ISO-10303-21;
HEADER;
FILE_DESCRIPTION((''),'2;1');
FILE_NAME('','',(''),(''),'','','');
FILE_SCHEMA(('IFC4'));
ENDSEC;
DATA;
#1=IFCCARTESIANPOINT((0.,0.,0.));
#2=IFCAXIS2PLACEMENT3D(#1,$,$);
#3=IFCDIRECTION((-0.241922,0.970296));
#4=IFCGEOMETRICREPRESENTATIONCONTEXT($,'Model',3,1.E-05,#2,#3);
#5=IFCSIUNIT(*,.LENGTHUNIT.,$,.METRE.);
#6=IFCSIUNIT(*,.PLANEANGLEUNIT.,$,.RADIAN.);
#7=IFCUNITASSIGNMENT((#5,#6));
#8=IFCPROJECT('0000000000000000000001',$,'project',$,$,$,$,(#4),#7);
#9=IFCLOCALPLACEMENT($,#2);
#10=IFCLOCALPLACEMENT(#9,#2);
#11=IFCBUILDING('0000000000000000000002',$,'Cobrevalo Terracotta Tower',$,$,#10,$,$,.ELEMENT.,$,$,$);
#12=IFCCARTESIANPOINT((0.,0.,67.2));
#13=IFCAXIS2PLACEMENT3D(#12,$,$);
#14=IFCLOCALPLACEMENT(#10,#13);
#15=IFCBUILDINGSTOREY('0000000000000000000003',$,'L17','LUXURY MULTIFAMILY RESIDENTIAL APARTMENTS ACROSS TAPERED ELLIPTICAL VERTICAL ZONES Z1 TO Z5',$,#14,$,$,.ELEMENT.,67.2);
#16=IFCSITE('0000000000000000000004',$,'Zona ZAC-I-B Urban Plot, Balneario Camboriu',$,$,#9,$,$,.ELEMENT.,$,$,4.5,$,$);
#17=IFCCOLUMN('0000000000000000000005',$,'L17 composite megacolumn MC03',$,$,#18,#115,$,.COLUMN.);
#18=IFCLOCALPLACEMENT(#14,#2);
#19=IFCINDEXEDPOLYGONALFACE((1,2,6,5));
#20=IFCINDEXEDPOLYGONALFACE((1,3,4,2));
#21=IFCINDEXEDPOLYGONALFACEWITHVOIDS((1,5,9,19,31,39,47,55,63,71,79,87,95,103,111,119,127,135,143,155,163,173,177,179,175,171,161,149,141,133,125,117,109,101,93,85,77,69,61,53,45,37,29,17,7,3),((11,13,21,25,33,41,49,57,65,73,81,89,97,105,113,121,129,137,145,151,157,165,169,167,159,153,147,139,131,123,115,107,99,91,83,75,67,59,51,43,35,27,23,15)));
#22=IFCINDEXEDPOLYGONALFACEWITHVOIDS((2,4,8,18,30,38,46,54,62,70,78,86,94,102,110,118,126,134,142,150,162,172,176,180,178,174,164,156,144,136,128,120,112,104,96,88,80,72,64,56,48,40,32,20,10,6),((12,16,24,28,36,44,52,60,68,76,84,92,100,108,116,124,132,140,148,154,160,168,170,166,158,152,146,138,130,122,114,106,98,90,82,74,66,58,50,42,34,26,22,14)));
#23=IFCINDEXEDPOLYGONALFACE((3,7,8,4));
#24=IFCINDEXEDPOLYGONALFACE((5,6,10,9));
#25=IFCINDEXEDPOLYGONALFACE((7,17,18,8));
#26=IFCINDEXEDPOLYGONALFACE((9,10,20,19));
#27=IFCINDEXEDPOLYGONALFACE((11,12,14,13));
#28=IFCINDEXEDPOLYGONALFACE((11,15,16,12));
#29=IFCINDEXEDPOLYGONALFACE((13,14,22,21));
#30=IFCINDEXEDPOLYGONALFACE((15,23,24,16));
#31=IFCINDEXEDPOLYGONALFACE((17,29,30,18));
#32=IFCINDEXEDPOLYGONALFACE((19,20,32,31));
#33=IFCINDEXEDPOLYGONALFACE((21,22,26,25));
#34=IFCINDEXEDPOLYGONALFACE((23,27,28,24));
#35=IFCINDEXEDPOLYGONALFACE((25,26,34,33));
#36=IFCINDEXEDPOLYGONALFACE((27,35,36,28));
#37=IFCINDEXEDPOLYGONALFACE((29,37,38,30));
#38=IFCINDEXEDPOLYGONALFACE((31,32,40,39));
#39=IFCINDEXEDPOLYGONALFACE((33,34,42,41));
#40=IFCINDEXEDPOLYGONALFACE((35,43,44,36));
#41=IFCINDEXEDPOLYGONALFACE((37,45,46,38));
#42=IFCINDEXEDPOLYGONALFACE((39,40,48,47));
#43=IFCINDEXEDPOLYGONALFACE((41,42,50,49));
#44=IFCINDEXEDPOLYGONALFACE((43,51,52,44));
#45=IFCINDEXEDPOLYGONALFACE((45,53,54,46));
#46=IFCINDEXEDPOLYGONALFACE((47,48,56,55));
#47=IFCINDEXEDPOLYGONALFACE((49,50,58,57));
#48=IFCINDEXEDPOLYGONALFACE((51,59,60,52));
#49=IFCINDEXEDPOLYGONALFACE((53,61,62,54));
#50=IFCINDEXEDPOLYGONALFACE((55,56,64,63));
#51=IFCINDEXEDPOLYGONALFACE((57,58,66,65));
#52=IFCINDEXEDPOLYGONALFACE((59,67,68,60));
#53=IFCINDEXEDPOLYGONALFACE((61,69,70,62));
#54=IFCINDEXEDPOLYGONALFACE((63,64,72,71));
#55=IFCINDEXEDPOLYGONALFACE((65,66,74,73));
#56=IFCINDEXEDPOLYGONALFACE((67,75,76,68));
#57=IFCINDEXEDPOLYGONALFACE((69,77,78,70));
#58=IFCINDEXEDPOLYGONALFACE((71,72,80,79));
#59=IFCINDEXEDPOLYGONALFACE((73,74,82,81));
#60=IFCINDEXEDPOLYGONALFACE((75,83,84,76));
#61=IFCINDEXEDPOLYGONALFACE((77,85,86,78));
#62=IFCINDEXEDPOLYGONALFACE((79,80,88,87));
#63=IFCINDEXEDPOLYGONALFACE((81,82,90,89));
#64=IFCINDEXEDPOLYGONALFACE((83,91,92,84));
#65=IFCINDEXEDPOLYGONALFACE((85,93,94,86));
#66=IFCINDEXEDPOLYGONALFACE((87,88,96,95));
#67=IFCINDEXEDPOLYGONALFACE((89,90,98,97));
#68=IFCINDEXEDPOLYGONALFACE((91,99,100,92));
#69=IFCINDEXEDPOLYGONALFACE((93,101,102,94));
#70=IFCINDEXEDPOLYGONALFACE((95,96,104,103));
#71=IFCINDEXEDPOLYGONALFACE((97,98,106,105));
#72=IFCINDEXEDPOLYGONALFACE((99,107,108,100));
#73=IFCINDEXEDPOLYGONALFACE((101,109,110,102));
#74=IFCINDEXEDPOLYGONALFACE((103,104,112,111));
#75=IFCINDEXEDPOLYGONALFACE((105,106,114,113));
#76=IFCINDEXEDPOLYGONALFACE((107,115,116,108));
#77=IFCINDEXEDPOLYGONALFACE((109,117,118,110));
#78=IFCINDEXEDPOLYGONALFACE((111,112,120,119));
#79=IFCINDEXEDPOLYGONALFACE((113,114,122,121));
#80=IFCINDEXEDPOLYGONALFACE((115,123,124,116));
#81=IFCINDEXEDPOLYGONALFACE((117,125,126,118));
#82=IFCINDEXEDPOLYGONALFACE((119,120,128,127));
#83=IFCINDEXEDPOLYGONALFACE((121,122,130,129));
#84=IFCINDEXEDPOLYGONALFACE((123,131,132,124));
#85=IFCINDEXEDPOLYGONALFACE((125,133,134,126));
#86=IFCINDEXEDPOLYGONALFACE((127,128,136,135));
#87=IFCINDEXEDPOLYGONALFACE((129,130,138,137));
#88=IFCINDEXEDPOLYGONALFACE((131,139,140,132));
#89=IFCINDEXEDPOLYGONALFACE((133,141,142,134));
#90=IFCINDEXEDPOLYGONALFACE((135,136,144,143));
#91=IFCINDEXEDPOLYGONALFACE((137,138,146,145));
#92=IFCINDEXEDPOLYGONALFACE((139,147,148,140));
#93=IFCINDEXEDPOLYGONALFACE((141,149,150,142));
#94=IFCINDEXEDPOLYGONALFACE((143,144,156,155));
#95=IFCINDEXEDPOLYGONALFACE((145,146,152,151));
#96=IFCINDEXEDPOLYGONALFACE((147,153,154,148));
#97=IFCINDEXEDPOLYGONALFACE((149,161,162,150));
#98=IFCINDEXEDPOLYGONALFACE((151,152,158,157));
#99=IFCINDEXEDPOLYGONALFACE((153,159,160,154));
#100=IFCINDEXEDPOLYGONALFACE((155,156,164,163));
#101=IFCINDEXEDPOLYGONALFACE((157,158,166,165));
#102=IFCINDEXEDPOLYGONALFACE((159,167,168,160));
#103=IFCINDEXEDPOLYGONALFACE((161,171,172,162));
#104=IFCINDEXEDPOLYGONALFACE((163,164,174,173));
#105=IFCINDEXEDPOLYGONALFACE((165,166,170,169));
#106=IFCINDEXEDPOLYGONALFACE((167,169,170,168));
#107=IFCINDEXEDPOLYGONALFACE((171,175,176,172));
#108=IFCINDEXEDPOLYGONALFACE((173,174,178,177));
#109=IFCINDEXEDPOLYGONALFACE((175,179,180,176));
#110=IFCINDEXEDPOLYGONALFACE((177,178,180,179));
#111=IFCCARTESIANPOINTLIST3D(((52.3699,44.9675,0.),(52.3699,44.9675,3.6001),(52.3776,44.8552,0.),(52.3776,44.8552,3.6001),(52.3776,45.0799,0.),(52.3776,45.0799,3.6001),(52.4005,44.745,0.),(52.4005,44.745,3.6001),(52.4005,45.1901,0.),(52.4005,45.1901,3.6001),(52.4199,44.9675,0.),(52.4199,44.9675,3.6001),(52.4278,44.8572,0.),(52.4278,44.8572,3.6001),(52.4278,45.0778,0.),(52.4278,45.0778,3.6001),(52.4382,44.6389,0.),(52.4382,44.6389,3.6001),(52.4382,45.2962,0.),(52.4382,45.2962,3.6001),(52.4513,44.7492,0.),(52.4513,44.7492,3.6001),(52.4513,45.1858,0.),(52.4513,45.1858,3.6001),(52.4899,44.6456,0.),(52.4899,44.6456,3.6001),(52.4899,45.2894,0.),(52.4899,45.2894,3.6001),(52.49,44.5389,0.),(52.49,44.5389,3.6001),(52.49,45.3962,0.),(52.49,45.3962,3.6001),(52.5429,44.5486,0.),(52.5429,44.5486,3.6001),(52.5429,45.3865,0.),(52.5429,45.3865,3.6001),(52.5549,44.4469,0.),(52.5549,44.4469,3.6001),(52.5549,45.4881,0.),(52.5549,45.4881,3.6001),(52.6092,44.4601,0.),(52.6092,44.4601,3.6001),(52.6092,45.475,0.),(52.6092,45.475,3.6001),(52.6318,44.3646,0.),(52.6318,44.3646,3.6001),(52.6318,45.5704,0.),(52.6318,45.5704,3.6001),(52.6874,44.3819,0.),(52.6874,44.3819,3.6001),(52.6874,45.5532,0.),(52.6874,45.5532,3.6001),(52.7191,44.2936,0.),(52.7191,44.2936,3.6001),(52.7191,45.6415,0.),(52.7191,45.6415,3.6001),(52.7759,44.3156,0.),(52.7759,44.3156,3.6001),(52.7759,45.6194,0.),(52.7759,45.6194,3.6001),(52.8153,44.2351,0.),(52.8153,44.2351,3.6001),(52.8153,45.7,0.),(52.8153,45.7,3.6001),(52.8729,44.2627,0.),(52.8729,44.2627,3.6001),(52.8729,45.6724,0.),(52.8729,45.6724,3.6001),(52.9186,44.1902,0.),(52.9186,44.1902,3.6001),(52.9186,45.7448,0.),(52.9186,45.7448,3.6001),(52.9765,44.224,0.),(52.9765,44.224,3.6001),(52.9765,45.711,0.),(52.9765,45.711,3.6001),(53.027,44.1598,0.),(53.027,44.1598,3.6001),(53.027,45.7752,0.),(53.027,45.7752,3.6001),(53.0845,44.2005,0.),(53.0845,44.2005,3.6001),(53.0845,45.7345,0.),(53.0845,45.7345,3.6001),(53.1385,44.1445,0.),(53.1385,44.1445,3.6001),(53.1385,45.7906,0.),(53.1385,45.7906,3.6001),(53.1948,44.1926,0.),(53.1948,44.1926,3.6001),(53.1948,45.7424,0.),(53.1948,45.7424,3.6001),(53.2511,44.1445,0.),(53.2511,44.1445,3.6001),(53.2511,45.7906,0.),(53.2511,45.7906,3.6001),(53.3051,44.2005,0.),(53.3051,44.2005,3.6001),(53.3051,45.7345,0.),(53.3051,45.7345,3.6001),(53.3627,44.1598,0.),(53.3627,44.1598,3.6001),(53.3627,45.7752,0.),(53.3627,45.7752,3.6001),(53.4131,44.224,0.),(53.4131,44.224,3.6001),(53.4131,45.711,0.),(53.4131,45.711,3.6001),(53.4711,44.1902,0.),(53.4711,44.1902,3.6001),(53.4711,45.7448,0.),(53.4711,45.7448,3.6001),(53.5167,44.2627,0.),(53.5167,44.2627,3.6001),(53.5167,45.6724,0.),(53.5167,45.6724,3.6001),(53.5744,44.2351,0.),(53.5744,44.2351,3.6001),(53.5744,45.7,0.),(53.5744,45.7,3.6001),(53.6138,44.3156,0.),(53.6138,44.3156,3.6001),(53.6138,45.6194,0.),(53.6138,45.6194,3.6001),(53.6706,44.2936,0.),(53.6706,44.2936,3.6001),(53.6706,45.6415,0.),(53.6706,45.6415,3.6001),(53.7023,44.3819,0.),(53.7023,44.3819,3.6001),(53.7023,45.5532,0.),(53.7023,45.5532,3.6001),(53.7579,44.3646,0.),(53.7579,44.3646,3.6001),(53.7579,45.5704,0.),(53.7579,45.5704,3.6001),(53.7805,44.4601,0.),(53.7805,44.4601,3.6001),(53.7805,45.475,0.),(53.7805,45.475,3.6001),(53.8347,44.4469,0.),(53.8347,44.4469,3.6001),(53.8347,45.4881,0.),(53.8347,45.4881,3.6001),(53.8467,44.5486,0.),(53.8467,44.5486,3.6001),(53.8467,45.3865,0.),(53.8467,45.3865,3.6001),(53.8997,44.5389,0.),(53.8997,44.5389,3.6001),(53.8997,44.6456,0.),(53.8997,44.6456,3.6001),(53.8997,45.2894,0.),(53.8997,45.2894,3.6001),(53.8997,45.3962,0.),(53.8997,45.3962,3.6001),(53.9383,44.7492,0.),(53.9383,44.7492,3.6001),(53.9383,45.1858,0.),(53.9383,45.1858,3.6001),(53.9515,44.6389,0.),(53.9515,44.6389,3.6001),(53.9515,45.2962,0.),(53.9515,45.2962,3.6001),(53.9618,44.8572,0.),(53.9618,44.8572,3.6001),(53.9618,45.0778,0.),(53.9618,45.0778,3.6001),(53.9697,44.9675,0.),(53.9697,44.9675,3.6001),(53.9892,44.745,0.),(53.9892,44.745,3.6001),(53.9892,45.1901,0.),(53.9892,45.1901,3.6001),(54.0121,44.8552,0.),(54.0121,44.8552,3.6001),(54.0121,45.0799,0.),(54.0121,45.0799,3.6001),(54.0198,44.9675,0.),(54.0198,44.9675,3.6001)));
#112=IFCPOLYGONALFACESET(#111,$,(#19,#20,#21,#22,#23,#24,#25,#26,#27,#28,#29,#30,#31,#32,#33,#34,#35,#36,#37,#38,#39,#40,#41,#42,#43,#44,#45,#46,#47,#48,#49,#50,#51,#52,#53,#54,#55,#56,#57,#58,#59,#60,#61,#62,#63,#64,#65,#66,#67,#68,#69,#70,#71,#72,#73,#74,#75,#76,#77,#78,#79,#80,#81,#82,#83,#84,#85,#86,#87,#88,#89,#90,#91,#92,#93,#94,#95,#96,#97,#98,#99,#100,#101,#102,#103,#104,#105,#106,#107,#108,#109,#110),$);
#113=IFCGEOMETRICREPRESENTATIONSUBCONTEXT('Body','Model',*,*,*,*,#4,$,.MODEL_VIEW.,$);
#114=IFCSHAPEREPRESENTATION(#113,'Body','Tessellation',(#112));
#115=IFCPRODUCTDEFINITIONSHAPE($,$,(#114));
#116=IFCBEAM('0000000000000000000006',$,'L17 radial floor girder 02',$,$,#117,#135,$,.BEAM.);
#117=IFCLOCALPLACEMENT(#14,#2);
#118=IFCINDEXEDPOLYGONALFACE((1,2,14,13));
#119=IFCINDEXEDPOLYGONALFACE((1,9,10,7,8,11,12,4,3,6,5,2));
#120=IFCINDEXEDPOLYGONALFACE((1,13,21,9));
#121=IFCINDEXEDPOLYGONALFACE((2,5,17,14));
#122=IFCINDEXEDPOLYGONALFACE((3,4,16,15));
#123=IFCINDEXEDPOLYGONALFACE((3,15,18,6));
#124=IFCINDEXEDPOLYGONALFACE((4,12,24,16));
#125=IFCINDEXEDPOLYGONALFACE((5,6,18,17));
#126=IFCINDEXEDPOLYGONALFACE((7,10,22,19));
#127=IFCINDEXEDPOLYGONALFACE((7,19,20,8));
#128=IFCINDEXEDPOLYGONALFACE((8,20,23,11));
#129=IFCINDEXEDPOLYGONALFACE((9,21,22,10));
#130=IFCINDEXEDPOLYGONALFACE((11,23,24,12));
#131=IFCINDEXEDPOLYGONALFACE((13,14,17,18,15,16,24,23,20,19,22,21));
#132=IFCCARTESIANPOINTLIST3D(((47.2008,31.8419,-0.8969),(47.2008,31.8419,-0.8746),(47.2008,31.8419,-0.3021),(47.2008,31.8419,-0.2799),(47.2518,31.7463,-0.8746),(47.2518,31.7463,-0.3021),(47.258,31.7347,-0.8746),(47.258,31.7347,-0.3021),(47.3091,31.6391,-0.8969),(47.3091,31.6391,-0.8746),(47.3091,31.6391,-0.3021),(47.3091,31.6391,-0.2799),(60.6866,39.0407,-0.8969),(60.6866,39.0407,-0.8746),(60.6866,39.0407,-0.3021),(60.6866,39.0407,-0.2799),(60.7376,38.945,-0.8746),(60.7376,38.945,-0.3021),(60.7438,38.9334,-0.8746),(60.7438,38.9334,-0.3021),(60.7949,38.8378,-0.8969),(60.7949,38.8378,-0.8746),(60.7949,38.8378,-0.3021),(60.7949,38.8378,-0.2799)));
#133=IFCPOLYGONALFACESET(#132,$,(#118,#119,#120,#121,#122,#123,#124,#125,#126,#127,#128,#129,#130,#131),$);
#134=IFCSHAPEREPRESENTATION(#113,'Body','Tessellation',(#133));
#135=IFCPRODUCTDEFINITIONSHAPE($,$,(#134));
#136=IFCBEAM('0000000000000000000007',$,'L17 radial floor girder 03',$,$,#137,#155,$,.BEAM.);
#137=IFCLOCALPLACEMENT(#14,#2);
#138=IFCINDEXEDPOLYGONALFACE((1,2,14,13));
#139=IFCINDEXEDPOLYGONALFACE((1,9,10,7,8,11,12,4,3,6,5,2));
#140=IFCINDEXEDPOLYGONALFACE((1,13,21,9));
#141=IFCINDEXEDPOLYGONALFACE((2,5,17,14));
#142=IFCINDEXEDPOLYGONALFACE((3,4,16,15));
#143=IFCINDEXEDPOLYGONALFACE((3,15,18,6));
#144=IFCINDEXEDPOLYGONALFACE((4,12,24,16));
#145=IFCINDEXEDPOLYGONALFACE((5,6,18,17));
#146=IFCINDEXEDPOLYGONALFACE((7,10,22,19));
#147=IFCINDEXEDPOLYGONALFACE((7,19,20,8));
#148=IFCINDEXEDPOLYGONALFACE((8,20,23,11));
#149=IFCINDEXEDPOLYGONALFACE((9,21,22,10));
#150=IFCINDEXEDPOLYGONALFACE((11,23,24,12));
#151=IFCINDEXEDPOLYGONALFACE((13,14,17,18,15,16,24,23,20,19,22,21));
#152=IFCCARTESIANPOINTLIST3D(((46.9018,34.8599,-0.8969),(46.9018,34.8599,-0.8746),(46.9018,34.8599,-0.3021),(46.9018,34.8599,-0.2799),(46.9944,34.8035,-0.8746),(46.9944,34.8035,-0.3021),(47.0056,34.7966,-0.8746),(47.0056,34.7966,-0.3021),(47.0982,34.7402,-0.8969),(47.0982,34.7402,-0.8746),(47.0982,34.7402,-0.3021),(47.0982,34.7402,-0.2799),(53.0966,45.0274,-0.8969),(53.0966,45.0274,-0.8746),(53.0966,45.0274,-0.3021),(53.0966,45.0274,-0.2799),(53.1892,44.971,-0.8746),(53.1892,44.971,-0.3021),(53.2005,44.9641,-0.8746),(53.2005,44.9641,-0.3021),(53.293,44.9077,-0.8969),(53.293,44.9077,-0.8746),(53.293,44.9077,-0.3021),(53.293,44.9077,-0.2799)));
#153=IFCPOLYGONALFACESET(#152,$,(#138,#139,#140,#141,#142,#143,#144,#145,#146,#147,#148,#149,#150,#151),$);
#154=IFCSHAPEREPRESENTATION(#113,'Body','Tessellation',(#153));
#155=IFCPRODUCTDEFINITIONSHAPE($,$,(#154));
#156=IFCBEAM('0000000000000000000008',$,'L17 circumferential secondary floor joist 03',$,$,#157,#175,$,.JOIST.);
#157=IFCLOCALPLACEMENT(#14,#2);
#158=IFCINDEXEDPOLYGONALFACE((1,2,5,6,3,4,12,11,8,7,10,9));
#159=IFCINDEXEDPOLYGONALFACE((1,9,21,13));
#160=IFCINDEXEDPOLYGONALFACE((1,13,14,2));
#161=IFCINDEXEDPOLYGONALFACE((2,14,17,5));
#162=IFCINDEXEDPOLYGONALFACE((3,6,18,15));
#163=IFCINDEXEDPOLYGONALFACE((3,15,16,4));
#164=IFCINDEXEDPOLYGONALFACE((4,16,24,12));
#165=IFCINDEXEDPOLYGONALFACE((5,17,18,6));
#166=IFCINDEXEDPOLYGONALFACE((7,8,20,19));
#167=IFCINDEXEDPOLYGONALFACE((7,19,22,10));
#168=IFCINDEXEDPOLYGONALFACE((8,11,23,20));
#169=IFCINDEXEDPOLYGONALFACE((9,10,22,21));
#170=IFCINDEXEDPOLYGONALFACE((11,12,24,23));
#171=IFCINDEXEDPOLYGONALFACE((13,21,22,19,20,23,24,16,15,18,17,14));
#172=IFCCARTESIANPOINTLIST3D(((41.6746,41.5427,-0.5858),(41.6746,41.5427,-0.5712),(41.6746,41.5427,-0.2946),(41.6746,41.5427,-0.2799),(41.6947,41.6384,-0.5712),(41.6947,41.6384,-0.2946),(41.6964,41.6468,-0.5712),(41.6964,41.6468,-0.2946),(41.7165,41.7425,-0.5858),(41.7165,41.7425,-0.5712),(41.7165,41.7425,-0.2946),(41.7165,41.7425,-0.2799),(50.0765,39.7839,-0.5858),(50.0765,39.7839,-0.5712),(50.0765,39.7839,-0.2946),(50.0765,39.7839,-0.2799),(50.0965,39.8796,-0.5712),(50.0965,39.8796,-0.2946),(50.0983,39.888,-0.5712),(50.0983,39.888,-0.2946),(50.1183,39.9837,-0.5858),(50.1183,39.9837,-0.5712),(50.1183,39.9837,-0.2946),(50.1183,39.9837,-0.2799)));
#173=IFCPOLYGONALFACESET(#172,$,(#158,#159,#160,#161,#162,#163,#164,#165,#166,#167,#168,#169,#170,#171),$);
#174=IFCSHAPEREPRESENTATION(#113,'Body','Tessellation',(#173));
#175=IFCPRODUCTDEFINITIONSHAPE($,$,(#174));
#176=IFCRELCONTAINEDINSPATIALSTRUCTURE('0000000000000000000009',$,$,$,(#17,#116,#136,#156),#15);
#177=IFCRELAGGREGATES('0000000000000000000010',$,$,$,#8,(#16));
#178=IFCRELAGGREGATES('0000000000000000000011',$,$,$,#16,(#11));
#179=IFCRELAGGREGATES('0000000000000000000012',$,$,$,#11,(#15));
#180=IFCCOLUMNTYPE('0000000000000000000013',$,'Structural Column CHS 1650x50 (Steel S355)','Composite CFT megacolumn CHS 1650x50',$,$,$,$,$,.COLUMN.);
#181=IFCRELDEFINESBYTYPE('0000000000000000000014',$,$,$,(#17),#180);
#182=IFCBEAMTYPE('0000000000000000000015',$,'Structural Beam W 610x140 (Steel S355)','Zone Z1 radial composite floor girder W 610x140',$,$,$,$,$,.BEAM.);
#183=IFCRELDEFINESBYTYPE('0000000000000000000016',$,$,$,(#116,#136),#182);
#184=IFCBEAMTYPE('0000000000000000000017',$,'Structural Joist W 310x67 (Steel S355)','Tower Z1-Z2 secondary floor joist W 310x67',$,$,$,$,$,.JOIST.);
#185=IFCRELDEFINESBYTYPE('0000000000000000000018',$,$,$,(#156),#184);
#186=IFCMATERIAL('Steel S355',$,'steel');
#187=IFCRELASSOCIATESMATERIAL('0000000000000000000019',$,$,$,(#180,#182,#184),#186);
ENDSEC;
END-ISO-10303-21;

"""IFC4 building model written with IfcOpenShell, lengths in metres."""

from ifc_helpers import new_model, si_unit, direction, frame, origin, origin_2d, place, context, subcontext, project, spatial, hollow_circle, i_section, extrude, material, material_profile, profile_set, type_object, element, save


model = new_model("IFC4")

# Units and contexts
model_context = context("Model", 3, precision=1e-05, world=origin(), true_north=direction((-0.241922, 0.970296)))
body_context = subcontext(model_context, "Body", "Model", "MODEL_VIEW")
ifc_project = project(units=[si_unit("LENGTHUNIT", "METRE"), si_unit("PLANEANGLEUNIT", "RADIAN")], contexts=[model_context])

# Site, building, storey
site_placement = place(None, origin())
site = spatial("IfcSite", under=ifc_project, at=site_placement, Name="Zona ZAC-I-B Urban Plot, Balneario Camboriu", CompositionType="ELEMENT", RefElevation=4.5)
building_placement = place(site_placement, origin())
building = spatial("IfcBuilding", under=site, at=building_placement, Name="Cobrevalo Terracotta Tower", CompositionType="ELEMENT")
storey_placement = place(building_placement, frame((0.0, 0.0, 67.2)))
storey = spatial("IfcBuildingStorey", under=building, at=storey_placement, Name="L17", Description="LUXURY MULTIFAMILY RESIDENTIAL APARTMENTS ACROSS TAPERED ELLIPTICAL VERTICAL ZONES Z1 TO Z5", CompositionType="ELEMENT", Elevation=67.2)

# Column
ifc_material_1 = material(Name="Steel S355", Category="steel")
ifc_material_profile_1 = material_profile(ifc_material_1, hollow_circle(Radius=0.825, WallThickness=0.05, at=origin_2d()), Name="CHS 1650x50")
ifc_profile_set_1 = profile_set([ifc_material_profile_1], Name="Steel S355")
column_type = type_object("IfcColumnType", Name="Structural Column CHS 1650x50 (Steel S355)", Description="Composite CFT megacolumn CHS 1650x50", PredefinedType="COLUMN", material=ifc_profile_set_1)
for number, where, z_axis, x_axis, name in (
    (1, (53.1948, 44.9675, 0.0), (0.0, 0.0, 1.0), (1.0, 0.0, 0.0), "L17 composite megacolumn MC03"),
):
    element("IfcColumn", number, at=place(storey_placement, frame(where, z_axis=z_axis, x_axis=x_axis)), inside=storey, type_object=column_type, Name=name, PredefinedType="COLUMN", context=body_context, shape_type="SweptSolid", body=[
        extrude(hollow_circle(Radius=0.825, WallThickness=0.05, at=origin_2d()), origin(), (0.0, 0.0, 1.0), 3.6001),
    ])

# Beams
ifc_material_profile_2 = material_profile(ifc_material_1, i_section(OverallWidth=0.23, OverallDepth=0.6169, WebThickness=0.0132, FlangeThickness=0.0222, at=origin_2d()), Name="W 610x140")
ifc_profile_set_2 = profile_set([ifc_material_profile_2], Name="Steel S355")
beam_type_1 = type_object("IfcBeamType", Name="Structural Beam W 610x140 (Steel S355)", Description="Zone Z1 radial composite floor girder W 610x140", PredefinedType="BEAM", material=ifc_profile_set_2)
beam_1_placement = place(storey_placement, frame((60.7407, 38.9392, -0.5884), z_axis=(-0.882182, -0.470908, 0.0), x_axis=(0.470908, -0.882182, 0.0)))
element("IfcBeam", 2, at=beam_1_placement, inside=storey, type_object=beam_type_1, Name="L17 radial floor girder 02", PredefinedType="BEAM", context=body_context, shape_type="SweptSolid", body=[
    extrude(i_section(OverallWidth=0.23, OverallDepth=0.6169, WebThickness=0.0132, FlangeThickness=0.0222, at=origin_2d()), origin(), (0.0, 0.0, 1.0), 15.2869),
])
beam_2_placement = place(storey_placement, frame((53.1948, 44.9675, -0.5884), z_axis=(-0.52031, -0.853978, 0.0), x_axis=(0.853978, -0.52031, 0.0)))
element("IfcBeam", 3, at=beam_2_placement, inside=storey, type_object=beam_type_1, Name="L17 radial floor girder 03", PredefinedType="BEAM", context=body_context, shape_type="SweptSolid", body=[
    extrude(i_section(OverallWidth=0.23, OverallDepth=0.6169, WebThickness=0.0132, FlangeThickness=0.0222, at=origin_2d()), origin(), (0.0, 0.0, 1.0), 11.906),
])
ifc_material_profile_3 = material_profile(ifc_material_1, i_section(OverallWidth=0.2041, OverallDepth=0.3059, WebThickness=0.0085, FlangeThickness=0.0146, at=origin_2d()), Name="W 310x67")
ifc_profile_set_3 = profile_set([ifc_material_profile_3], Name="Steel S355")
beam_type_2 = type_object("IfcBeamType", Name="Structural Joist W 310x67 (Steel S355)", Description="Tower Z1-Z2 secondary floor joist W 310x67", PredefinedType="JOIST", material=ifc_profile_set_3)
beam_3_placement = place(storey_placement, frame((50.0974, 39.8838, -0.4329), z_axis=(-0.978785, 0.204892, 0.0), x_axis=(-0.204892, -0.978785, 0.0)))
element("IfcBeam", 4, at=beam_3_placement, inside=storey, type_object=beam_type_2, Name="L17 circumferential secondary floor joist 03", PredefinedType="JOIST", context=body_context, shape_type="SweptSolid", body=[
    extrude(i_section(OverallWidth=0.2041, OverallDepth=0.3059, WebThickness=0.0085, FlangeThickness=0.0146, at=origin_2d()), origin(), (0.0, 0.0, 1.0), 8.584),
])

save(model, "model.ifc")
